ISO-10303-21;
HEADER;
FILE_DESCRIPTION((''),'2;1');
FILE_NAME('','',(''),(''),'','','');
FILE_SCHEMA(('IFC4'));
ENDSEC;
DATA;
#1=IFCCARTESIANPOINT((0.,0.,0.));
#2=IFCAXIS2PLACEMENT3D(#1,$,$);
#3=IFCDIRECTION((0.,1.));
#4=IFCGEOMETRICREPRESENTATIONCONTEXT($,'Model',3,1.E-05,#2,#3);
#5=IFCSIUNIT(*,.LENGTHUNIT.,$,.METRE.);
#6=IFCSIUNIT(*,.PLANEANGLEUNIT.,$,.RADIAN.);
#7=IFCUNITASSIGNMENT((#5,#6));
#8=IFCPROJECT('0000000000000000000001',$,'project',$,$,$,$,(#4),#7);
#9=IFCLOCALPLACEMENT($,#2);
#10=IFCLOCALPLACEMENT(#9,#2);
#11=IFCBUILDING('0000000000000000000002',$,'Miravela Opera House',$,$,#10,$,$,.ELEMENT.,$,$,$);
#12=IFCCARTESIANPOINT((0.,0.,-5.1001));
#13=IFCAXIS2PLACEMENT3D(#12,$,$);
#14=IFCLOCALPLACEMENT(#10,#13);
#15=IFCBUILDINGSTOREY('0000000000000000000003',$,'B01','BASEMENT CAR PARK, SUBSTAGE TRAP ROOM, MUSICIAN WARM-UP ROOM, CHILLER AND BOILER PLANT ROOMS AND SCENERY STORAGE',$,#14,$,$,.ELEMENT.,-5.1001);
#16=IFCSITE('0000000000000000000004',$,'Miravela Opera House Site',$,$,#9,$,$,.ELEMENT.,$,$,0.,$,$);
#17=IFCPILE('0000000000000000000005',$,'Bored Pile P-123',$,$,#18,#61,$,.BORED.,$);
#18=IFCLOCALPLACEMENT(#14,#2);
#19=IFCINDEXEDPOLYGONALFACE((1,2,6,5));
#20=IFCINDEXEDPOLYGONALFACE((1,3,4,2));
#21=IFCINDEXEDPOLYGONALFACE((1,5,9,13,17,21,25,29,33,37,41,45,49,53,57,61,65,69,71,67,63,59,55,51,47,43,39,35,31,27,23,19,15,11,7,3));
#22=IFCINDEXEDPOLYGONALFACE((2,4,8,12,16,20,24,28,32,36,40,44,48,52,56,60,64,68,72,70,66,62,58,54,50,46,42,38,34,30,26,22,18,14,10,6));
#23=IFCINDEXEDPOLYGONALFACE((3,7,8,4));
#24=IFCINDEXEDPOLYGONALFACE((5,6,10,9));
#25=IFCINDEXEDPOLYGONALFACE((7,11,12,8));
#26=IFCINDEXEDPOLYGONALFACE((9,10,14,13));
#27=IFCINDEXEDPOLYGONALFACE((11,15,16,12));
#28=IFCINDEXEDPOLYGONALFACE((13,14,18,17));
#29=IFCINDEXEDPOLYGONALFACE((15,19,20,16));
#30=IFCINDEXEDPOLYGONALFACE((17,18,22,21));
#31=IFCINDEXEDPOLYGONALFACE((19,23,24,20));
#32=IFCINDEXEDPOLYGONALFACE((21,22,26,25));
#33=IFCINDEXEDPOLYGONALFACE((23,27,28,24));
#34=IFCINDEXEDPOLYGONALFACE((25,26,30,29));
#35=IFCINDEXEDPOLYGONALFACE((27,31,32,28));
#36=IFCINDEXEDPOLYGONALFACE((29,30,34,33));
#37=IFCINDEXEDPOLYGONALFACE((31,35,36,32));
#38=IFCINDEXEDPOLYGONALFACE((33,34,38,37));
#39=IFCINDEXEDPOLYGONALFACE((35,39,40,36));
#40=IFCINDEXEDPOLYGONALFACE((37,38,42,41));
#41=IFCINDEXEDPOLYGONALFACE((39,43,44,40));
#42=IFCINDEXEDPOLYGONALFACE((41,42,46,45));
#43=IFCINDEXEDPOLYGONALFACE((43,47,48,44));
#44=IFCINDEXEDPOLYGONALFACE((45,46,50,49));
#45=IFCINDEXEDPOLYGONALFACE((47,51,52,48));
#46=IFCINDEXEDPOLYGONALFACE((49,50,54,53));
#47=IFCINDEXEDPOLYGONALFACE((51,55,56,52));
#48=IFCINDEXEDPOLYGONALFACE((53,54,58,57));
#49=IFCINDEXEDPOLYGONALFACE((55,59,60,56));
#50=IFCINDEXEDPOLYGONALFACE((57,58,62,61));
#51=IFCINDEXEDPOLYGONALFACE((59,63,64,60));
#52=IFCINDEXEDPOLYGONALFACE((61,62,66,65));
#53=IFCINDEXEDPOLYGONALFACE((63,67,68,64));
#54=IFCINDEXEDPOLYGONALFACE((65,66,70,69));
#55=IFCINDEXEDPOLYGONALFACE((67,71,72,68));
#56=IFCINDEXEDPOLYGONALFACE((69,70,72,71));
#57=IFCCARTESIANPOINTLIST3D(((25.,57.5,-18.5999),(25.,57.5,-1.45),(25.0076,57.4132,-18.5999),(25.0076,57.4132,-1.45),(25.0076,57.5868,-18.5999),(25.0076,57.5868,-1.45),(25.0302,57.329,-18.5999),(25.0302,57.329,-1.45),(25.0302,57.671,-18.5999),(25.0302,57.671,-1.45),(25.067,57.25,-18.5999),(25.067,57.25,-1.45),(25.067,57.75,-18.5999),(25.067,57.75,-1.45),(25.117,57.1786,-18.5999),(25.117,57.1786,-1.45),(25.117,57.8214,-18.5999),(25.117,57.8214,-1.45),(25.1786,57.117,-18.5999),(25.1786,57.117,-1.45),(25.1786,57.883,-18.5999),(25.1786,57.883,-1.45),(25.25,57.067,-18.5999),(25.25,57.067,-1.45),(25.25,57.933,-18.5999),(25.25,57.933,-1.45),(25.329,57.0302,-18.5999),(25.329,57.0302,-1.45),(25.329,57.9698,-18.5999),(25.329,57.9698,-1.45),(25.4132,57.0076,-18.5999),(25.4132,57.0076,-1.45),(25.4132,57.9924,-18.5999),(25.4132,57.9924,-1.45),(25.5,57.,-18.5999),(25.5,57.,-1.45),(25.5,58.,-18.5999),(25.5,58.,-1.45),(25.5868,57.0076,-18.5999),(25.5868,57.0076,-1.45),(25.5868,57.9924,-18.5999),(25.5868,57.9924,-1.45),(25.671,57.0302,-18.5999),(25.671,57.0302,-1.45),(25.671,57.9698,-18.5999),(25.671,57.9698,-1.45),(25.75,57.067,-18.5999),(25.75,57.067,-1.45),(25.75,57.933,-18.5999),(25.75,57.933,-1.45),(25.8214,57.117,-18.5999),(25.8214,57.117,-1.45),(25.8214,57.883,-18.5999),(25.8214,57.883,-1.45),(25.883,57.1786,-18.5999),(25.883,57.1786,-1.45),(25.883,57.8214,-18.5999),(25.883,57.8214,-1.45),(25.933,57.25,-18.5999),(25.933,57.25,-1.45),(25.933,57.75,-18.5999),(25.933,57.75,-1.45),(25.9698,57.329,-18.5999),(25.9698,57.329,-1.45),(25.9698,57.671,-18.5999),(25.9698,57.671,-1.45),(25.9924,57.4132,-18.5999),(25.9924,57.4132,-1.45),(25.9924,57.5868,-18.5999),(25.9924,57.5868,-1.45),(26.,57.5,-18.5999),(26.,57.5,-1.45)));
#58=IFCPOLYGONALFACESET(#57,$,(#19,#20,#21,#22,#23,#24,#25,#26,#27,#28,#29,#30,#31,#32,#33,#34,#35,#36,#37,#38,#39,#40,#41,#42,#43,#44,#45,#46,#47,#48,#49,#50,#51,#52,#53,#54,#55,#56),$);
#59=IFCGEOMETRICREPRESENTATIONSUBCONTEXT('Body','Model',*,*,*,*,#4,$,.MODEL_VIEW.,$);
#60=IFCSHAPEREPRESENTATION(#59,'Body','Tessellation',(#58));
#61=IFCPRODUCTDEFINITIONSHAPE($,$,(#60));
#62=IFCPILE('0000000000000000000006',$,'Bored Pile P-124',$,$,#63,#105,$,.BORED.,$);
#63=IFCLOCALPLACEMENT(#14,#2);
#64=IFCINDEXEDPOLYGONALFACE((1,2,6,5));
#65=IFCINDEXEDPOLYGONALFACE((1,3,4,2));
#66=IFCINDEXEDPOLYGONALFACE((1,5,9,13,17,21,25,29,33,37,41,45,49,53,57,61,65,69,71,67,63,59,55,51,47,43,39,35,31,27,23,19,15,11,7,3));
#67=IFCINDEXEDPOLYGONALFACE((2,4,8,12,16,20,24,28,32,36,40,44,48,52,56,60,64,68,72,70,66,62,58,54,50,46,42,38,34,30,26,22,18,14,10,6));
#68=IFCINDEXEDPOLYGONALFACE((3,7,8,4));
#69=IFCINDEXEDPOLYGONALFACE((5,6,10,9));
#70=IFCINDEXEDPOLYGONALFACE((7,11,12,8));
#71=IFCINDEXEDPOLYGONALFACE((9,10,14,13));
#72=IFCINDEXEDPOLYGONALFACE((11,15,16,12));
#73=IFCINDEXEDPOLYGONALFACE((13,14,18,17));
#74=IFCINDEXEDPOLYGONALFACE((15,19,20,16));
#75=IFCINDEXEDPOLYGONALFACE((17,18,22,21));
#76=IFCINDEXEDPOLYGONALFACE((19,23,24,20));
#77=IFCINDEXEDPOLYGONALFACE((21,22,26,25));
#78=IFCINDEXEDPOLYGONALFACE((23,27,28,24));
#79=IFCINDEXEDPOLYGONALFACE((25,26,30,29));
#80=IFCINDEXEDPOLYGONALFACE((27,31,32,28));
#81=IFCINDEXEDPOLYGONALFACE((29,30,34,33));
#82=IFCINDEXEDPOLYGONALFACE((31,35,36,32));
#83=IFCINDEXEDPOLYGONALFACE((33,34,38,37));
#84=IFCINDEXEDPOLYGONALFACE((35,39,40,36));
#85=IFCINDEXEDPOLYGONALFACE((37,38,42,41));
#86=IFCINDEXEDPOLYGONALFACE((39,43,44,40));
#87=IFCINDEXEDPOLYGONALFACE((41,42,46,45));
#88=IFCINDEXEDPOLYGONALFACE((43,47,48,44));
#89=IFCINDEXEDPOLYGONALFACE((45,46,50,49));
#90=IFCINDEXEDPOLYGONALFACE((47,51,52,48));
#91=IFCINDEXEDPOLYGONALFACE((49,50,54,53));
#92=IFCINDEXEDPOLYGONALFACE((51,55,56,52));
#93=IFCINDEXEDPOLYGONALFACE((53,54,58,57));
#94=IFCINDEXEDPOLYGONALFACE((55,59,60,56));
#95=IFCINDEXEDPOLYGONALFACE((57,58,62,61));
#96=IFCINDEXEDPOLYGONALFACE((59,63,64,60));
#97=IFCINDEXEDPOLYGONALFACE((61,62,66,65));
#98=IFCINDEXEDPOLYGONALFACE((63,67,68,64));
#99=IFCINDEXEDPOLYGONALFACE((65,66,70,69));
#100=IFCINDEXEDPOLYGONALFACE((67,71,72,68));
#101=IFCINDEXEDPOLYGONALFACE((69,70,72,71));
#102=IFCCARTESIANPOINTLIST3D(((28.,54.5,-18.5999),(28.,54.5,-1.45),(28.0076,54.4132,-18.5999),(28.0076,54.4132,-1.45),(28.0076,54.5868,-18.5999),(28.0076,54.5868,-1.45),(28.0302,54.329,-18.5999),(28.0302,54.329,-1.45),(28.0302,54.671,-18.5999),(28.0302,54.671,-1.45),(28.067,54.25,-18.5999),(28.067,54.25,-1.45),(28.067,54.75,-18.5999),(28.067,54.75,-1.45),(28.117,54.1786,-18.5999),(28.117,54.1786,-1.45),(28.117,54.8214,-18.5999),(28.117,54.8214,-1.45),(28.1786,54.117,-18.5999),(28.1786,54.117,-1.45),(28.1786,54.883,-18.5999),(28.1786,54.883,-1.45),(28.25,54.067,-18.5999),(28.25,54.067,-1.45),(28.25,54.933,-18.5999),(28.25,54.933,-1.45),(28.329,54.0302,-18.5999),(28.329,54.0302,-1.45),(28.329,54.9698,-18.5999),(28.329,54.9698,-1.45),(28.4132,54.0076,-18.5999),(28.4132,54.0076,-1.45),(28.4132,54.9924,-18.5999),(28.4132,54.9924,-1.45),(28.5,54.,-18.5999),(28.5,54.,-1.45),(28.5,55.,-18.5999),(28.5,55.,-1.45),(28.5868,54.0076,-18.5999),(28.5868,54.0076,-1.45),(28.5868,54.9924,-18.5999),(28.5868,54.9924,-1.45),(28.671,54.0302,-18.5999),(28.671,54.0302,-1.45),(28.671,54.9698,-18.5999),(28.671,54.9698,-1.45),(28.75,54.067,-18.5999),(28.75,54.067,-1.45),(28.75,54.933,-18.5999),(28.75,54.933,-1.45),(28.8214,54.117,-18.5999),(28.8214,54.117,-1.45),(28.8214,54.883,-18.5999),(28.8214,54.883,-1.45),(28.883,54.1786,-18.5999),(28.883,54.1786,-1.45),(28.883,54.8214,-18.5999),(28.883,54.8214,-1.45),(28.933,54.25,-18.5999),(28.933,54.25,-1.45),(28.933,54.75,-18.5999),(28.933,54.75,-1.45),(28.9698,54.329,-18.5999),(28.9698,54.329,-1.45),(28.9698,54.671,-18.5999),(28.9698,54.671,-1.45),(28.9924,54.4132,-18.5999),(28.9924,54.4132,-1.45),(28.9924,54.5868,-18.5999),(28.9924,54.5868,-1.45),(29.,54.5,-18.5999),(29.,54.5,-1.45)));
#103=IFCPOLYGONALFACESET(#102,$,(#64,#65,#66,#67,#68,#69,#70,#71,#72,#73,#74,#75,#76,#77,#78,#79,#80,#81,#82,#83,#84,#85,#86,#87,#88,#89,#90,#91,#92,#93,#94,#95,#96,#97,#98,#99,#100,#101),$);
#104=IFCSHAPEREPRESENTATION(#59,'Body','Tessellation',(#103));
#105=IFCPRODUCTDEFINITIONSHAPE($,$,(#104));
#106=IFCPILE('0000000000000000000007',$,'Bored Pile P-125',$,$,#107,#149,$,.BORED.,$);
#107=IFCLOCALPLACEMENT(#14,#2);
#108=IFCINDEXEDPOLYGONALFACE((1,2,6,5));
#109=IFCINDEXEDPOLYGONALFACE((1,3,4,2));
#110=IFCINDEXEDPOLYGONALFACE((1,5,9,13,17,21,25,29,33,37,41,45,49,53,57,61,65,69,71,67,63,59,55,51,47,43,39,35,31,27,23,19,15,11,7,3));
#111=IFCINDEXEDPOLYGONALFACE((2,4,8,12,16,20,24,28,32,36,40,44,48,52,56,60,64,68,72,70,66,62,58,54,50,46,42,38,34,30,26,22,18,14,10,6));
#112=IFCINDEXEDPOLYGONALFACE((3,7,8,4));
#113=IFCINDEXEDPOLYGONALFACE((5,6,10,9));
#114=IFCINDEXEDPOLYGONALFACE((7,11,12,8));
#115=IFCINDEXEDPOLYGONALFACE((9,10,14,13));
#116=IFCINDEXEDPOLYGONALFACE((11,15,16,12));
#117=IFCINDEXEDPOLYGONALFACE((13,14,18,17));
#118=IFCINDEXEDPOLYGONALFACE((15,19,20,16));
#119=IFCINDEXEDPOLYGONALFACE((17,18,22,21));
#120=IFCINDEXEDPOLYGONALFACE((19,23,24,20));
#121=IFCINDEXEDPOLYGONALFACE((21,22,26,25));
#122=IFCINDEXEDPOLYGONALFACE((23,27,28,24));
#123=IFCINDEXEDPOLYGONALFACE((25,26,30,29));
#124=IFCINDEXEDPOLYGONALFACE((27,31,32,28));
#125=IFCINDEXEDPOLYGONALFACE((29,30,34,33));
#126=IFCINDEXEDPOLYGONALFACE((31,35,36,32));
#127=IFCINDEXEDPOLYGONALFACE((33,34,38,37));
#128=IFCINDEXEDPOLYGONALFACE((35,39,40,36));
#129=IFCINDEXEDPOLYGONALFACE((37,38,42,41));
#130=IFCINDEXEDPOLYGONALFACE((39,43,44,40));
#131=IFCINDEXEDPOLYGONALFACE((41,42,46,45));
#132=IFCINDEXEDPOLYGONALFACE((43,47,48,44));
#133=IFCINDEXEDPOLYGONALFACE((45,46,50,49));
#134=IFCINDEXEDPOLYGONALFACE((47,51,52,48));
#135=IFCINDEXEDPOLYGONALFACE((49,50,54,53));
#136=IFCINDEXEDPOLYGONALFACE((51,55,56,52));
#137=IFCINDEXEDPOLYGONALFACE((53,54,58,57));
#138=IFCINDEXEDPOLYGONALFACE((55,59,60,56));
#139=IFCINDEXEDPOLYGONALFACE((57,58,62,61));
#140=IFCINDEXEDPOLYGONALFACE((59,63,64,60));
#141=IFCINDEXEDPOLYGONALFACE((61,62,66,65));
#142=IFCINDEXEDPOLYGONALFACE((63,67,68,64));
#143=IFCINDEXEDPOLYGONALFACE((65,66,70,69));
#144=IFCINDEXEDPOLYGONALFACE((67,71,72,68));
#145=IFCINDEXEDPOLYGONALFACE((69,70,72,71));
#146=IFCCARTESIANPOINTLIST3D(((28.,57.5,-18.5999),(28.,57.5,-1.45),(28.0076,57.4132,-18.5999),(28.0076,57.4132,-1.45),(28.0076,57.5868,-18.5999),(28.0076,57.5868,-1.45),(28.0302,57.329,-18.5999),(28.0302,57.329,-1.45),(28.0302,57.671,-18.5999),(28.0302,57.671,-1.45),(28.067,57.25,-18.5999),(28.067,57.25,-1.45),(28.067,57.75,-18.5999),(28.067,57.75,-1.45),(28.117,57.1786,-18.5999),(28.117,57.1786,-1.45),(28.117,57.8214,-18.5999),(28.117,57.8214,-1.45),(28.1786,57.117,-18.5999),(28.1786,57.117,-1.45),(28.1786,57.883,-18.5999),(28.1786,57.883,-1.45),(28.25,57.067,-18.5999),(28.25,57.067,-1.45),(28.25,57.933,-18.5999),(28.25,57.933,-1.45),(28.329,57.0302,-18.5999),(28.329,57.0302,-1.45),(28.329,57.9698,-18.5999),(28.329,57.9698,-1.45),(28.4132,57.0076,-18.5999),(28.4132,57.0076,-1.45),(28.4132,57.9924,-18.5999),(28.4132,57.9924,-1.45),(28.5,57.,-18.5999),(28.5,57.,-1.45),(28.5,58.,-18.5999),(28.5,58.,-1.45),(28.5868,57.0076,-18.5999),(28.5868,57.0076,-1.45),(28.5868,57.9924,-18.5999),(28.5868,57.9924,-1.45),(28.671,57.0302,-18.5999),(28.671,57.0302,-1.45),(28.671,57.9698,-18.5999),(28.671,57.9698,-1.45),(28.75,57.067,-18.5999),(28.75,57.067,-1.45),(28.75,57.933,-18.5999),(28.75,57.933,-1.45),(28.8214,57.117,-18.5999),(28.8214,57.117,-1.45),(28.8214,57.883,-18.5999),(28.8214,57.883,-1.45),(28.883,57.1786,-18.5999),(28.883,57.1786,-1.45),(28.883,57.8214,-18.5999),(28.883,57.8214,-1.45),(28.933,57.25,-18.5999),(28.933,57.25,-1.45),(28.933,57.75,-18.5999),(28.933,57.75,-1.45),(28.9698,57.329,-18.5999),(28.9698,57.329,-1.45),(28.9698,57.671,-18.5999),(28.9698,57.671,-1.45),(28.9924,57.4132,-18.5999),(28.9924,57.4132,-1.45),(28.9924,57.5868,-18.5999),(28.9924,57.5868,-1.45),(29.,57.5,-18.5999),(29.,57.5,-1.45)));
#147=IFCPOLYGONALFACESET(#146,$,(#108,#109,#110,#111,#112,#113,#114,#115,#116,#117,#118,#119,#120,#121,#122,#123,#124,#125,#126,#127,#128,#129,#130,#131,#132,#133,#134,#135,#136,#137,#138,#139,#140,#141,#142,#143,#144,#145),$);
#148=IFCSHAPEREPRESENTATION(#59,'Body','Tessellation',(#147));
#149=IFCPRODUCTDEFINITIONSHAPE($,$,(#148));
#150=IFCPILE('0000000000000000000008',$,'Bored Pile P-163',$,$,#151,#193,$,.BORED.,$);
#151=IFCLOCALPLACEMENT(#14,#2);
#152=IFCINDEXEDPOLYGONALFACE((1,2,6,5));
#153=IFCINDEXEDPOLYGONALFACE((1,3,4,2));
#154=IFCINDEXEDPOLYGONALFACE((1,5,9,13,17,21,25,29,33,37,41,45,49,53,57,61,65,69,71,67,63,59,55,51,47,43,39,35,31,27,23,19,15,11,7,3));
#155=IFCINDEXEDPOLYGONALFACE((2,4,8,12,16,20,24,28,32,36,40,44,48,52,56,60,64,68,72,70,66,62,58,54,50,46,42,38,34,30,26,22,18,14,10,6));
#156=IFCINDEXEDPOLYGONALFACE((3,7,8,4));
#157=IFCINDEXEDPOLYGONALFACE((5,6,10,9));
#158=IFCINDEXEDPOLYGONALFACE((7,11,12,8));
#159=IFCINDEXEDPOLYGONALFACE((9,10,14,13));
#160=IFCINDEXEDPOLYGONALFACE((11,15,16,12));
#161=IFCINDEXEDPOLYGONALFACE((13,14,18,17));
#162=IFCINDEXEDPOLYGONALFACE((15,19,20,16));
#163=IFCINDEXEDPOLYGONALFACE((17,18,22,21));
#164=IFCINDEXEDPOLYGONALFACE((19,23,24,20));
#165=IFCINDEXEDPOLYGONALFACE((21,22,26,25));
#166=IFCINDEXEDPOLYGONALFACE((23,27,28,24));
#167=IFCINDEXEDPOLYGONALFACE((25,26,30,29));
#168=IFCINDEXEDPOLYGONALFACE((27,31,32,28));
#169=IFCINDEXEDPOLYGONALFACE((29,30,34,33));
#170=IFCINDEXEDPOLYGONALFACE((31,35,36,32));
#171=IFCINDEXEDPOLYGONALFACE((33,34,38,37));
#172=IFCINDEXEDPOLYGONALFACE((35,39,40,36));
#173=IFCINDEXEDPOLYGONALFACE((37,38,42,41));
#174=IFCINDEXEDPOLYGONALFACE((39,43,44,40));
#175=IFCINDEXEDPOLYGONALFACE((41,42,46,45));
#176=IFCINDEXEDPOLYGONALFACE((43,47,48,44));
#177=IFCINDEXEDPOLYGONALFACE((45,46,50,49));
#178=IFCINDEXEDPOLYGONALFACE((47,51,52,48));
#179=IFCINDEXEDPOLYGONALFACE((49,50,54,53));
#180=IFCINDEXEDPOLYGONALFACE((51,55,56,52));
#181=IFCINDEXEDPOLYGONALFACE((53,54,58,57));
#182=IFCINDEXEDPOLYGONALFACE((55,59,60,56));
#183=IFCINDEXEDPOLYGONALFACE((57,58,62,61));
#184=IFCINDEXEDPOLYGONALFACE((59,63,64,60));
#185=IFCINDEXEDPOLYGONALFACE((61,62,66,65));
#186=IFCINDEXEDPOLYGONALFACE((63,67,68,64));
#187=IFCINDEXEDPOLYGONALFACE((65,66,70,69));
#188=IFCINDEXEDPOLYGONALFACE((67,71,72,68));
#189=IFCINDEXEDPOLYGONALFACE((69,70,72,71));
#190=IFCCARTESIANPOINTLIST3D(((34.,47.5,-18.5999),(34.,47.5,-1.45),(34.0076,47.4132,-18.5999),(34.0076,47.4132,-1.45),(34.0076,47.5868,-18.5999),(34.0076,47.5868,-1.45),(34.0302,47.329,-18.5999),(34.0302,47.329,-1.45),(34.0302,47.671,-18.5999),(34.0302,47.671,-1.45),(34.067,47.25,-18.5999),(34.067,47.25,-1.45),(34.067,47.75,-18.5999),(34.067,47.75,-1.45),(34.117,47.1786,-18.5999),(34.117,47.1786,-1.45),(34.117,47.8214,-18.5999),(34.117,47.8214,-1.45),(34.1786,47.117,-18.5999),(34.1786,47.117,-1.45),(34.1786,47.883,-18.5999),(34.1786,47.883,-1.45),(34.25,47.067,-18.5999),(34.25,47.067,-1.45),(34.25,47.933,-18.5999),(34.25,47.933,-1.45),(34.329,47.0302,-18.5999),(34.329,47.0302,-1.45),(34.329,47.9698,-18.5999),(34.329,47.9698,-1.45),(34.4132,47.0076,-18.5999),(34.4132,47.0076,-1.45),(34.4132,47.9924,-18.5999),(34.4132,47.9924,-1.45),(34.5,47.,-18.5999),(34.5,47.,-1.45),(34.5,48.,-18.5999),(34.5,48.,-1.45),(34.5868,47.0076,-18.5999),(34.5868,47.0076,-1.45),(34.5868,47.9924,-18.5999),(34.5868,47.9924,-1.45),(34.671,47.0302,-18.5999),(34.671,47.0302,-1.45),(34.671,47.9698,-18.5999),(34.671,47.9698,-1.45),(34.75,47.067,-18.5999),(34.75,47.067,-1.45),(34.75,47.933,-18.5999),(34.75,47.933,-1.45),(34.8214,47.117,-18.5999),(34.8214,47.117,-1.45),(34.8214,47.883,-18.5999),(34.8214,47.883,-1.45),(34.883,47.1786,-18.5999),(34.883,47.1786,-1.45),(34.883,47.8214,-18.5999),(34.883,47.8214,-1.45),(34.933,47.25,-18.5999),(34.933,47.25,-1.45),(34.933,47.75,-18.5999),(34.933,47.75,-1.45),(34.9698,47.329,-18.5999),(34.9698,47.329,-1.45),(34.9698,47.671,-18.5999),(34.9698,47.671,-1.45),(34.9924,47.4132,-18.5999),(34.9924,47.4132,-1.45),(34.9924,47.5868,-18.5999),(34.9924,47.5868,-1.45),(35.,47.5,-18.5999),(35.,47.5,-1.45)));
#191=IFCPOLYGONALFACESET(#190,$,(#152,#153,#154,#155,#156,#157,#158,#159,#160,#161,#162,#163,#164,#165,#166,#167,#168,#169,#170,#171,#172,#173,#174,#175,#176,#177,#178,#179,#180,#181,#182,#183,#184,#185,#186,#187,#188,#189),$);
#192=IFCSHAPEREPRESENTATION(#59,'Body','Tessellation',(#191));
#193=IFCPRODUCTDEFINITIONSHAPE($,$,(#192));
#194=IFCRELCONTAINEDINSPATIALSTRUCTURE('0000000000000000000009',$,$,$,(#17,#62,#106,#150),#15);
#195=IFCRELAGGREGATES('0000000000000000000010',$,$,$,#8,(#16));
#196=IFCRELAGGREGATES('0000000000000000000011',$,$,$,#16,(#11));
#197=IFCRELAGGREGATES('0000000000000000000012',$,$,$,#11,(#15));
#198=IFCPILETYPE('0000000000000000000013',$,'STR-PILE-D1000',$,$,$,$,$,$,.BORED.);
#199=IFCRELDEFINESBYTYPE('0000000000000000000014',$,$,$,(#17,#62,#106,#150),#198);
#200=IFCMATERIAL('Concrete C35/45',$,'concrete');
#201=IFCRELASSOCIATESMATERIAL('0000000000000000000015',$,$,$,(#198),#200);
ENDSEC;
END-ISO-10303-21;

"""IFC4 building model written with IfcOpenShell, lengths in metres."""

from ifc_helpers import new_model, si_unit, direction, frame, origin, origin_2d, place, context, subcontext, project, spatial, circle, extrude, material, material_profile, profile_set, type_object, element, save


model = new_model("IFC4")

# Units and contexts
model_context = context("Model", 3, precision=1e-05, world=origin(), true_north=direction((0.0, 1.0)))
body_context = subcontext(model_context, "Body", "Model", "MODEL_VIEW")
ifc_project = project(units=[si_unit("LENGTHUNIT", "METRE"), si_unit("PLANEANGLEUNIT", "RADIAN")], contexts=[model_context])

# Site, building, storey
site_placement = place(None, origin())
site = spatial("IfcSite", under=ifc_project, at=site_placement, Name="Miravela Opera House Site", CompositionType="ELEMENT", RefElevation=0.0)
building_placement = place(site_placement, origin())
building = spatial("IfcBuilding", under=site, at=building_placement, Name="Miravela Opera House", CompositionType="ELEMENT")
storey_placement = place(building_placement, frame((0.0, 0.0, -5.1001)))
storey = spatial("IfcBuildingStorey", under=building, at=storey_placement, Name="B01", Description="BASEMENT CAR PARK, SUBSTAGE TRAP ROOM, MUSICIAN WARM-UP ROOM, CHILLER AND BOILER PLANT ROOMS AND SCENERY STORAGE", CompositionType="ELEMENT", Elevation=-5.1001)

# Shared definitions
ifc_material_1 = material(Name="Concrete C35/45", Category="concrete")

# Piles
ifc_material_profile_1 = material_profile(ifc_material_1, circle(Radius=0.5, at=origin_2d()), Name="PILE-D1000")
ifc_profile_set_1 = profile_set([ifc_material_profile_1])
pile_type = type_object("IfcPileType", Name="STR-PILE-D1000", PredefinedType="BORED", material=ifc_profile_set_1)
for number, where, z_axis, x_axis, name in (
    (1, (25.5, 57.5, -1.45), (0.0, 0.0, -1.0), (1.0, 0.0, 0.0), "Bored Pile P-123"),
    (2, (28.5, 54.5, -1.45), (0.0, 0.0, -1.0), (1.0, 0.0, 0.0), "Bored Pile P-124"),
    (3, (28.5, 57.5, -1.45), (0.0, 0.0, -1.0), (1.0, 0.0, 0.0), "Bored Pile P-125"),
    (4, (34.5, 47.5, -1.45), (0.0, 0.0, -1.0), (1.0, 0.0, 0.0), "Bored Pile P-163"),
):
    element("IfcPile", number, at=place(storey_placement, frame(where, z_axis=z_axis, x_axis=x_axis)), inside=storey, type_object=pile_type, Name=name, PredefinedType="BORED", context=body_context, shape_type="SweptSolid", body=[
        extrude(circle(Radius=0.5, at=origin_2d()), origin(), (0.0, 0.0, 1.0), 17.1499),
    ])

save(model, "model.ifc")
